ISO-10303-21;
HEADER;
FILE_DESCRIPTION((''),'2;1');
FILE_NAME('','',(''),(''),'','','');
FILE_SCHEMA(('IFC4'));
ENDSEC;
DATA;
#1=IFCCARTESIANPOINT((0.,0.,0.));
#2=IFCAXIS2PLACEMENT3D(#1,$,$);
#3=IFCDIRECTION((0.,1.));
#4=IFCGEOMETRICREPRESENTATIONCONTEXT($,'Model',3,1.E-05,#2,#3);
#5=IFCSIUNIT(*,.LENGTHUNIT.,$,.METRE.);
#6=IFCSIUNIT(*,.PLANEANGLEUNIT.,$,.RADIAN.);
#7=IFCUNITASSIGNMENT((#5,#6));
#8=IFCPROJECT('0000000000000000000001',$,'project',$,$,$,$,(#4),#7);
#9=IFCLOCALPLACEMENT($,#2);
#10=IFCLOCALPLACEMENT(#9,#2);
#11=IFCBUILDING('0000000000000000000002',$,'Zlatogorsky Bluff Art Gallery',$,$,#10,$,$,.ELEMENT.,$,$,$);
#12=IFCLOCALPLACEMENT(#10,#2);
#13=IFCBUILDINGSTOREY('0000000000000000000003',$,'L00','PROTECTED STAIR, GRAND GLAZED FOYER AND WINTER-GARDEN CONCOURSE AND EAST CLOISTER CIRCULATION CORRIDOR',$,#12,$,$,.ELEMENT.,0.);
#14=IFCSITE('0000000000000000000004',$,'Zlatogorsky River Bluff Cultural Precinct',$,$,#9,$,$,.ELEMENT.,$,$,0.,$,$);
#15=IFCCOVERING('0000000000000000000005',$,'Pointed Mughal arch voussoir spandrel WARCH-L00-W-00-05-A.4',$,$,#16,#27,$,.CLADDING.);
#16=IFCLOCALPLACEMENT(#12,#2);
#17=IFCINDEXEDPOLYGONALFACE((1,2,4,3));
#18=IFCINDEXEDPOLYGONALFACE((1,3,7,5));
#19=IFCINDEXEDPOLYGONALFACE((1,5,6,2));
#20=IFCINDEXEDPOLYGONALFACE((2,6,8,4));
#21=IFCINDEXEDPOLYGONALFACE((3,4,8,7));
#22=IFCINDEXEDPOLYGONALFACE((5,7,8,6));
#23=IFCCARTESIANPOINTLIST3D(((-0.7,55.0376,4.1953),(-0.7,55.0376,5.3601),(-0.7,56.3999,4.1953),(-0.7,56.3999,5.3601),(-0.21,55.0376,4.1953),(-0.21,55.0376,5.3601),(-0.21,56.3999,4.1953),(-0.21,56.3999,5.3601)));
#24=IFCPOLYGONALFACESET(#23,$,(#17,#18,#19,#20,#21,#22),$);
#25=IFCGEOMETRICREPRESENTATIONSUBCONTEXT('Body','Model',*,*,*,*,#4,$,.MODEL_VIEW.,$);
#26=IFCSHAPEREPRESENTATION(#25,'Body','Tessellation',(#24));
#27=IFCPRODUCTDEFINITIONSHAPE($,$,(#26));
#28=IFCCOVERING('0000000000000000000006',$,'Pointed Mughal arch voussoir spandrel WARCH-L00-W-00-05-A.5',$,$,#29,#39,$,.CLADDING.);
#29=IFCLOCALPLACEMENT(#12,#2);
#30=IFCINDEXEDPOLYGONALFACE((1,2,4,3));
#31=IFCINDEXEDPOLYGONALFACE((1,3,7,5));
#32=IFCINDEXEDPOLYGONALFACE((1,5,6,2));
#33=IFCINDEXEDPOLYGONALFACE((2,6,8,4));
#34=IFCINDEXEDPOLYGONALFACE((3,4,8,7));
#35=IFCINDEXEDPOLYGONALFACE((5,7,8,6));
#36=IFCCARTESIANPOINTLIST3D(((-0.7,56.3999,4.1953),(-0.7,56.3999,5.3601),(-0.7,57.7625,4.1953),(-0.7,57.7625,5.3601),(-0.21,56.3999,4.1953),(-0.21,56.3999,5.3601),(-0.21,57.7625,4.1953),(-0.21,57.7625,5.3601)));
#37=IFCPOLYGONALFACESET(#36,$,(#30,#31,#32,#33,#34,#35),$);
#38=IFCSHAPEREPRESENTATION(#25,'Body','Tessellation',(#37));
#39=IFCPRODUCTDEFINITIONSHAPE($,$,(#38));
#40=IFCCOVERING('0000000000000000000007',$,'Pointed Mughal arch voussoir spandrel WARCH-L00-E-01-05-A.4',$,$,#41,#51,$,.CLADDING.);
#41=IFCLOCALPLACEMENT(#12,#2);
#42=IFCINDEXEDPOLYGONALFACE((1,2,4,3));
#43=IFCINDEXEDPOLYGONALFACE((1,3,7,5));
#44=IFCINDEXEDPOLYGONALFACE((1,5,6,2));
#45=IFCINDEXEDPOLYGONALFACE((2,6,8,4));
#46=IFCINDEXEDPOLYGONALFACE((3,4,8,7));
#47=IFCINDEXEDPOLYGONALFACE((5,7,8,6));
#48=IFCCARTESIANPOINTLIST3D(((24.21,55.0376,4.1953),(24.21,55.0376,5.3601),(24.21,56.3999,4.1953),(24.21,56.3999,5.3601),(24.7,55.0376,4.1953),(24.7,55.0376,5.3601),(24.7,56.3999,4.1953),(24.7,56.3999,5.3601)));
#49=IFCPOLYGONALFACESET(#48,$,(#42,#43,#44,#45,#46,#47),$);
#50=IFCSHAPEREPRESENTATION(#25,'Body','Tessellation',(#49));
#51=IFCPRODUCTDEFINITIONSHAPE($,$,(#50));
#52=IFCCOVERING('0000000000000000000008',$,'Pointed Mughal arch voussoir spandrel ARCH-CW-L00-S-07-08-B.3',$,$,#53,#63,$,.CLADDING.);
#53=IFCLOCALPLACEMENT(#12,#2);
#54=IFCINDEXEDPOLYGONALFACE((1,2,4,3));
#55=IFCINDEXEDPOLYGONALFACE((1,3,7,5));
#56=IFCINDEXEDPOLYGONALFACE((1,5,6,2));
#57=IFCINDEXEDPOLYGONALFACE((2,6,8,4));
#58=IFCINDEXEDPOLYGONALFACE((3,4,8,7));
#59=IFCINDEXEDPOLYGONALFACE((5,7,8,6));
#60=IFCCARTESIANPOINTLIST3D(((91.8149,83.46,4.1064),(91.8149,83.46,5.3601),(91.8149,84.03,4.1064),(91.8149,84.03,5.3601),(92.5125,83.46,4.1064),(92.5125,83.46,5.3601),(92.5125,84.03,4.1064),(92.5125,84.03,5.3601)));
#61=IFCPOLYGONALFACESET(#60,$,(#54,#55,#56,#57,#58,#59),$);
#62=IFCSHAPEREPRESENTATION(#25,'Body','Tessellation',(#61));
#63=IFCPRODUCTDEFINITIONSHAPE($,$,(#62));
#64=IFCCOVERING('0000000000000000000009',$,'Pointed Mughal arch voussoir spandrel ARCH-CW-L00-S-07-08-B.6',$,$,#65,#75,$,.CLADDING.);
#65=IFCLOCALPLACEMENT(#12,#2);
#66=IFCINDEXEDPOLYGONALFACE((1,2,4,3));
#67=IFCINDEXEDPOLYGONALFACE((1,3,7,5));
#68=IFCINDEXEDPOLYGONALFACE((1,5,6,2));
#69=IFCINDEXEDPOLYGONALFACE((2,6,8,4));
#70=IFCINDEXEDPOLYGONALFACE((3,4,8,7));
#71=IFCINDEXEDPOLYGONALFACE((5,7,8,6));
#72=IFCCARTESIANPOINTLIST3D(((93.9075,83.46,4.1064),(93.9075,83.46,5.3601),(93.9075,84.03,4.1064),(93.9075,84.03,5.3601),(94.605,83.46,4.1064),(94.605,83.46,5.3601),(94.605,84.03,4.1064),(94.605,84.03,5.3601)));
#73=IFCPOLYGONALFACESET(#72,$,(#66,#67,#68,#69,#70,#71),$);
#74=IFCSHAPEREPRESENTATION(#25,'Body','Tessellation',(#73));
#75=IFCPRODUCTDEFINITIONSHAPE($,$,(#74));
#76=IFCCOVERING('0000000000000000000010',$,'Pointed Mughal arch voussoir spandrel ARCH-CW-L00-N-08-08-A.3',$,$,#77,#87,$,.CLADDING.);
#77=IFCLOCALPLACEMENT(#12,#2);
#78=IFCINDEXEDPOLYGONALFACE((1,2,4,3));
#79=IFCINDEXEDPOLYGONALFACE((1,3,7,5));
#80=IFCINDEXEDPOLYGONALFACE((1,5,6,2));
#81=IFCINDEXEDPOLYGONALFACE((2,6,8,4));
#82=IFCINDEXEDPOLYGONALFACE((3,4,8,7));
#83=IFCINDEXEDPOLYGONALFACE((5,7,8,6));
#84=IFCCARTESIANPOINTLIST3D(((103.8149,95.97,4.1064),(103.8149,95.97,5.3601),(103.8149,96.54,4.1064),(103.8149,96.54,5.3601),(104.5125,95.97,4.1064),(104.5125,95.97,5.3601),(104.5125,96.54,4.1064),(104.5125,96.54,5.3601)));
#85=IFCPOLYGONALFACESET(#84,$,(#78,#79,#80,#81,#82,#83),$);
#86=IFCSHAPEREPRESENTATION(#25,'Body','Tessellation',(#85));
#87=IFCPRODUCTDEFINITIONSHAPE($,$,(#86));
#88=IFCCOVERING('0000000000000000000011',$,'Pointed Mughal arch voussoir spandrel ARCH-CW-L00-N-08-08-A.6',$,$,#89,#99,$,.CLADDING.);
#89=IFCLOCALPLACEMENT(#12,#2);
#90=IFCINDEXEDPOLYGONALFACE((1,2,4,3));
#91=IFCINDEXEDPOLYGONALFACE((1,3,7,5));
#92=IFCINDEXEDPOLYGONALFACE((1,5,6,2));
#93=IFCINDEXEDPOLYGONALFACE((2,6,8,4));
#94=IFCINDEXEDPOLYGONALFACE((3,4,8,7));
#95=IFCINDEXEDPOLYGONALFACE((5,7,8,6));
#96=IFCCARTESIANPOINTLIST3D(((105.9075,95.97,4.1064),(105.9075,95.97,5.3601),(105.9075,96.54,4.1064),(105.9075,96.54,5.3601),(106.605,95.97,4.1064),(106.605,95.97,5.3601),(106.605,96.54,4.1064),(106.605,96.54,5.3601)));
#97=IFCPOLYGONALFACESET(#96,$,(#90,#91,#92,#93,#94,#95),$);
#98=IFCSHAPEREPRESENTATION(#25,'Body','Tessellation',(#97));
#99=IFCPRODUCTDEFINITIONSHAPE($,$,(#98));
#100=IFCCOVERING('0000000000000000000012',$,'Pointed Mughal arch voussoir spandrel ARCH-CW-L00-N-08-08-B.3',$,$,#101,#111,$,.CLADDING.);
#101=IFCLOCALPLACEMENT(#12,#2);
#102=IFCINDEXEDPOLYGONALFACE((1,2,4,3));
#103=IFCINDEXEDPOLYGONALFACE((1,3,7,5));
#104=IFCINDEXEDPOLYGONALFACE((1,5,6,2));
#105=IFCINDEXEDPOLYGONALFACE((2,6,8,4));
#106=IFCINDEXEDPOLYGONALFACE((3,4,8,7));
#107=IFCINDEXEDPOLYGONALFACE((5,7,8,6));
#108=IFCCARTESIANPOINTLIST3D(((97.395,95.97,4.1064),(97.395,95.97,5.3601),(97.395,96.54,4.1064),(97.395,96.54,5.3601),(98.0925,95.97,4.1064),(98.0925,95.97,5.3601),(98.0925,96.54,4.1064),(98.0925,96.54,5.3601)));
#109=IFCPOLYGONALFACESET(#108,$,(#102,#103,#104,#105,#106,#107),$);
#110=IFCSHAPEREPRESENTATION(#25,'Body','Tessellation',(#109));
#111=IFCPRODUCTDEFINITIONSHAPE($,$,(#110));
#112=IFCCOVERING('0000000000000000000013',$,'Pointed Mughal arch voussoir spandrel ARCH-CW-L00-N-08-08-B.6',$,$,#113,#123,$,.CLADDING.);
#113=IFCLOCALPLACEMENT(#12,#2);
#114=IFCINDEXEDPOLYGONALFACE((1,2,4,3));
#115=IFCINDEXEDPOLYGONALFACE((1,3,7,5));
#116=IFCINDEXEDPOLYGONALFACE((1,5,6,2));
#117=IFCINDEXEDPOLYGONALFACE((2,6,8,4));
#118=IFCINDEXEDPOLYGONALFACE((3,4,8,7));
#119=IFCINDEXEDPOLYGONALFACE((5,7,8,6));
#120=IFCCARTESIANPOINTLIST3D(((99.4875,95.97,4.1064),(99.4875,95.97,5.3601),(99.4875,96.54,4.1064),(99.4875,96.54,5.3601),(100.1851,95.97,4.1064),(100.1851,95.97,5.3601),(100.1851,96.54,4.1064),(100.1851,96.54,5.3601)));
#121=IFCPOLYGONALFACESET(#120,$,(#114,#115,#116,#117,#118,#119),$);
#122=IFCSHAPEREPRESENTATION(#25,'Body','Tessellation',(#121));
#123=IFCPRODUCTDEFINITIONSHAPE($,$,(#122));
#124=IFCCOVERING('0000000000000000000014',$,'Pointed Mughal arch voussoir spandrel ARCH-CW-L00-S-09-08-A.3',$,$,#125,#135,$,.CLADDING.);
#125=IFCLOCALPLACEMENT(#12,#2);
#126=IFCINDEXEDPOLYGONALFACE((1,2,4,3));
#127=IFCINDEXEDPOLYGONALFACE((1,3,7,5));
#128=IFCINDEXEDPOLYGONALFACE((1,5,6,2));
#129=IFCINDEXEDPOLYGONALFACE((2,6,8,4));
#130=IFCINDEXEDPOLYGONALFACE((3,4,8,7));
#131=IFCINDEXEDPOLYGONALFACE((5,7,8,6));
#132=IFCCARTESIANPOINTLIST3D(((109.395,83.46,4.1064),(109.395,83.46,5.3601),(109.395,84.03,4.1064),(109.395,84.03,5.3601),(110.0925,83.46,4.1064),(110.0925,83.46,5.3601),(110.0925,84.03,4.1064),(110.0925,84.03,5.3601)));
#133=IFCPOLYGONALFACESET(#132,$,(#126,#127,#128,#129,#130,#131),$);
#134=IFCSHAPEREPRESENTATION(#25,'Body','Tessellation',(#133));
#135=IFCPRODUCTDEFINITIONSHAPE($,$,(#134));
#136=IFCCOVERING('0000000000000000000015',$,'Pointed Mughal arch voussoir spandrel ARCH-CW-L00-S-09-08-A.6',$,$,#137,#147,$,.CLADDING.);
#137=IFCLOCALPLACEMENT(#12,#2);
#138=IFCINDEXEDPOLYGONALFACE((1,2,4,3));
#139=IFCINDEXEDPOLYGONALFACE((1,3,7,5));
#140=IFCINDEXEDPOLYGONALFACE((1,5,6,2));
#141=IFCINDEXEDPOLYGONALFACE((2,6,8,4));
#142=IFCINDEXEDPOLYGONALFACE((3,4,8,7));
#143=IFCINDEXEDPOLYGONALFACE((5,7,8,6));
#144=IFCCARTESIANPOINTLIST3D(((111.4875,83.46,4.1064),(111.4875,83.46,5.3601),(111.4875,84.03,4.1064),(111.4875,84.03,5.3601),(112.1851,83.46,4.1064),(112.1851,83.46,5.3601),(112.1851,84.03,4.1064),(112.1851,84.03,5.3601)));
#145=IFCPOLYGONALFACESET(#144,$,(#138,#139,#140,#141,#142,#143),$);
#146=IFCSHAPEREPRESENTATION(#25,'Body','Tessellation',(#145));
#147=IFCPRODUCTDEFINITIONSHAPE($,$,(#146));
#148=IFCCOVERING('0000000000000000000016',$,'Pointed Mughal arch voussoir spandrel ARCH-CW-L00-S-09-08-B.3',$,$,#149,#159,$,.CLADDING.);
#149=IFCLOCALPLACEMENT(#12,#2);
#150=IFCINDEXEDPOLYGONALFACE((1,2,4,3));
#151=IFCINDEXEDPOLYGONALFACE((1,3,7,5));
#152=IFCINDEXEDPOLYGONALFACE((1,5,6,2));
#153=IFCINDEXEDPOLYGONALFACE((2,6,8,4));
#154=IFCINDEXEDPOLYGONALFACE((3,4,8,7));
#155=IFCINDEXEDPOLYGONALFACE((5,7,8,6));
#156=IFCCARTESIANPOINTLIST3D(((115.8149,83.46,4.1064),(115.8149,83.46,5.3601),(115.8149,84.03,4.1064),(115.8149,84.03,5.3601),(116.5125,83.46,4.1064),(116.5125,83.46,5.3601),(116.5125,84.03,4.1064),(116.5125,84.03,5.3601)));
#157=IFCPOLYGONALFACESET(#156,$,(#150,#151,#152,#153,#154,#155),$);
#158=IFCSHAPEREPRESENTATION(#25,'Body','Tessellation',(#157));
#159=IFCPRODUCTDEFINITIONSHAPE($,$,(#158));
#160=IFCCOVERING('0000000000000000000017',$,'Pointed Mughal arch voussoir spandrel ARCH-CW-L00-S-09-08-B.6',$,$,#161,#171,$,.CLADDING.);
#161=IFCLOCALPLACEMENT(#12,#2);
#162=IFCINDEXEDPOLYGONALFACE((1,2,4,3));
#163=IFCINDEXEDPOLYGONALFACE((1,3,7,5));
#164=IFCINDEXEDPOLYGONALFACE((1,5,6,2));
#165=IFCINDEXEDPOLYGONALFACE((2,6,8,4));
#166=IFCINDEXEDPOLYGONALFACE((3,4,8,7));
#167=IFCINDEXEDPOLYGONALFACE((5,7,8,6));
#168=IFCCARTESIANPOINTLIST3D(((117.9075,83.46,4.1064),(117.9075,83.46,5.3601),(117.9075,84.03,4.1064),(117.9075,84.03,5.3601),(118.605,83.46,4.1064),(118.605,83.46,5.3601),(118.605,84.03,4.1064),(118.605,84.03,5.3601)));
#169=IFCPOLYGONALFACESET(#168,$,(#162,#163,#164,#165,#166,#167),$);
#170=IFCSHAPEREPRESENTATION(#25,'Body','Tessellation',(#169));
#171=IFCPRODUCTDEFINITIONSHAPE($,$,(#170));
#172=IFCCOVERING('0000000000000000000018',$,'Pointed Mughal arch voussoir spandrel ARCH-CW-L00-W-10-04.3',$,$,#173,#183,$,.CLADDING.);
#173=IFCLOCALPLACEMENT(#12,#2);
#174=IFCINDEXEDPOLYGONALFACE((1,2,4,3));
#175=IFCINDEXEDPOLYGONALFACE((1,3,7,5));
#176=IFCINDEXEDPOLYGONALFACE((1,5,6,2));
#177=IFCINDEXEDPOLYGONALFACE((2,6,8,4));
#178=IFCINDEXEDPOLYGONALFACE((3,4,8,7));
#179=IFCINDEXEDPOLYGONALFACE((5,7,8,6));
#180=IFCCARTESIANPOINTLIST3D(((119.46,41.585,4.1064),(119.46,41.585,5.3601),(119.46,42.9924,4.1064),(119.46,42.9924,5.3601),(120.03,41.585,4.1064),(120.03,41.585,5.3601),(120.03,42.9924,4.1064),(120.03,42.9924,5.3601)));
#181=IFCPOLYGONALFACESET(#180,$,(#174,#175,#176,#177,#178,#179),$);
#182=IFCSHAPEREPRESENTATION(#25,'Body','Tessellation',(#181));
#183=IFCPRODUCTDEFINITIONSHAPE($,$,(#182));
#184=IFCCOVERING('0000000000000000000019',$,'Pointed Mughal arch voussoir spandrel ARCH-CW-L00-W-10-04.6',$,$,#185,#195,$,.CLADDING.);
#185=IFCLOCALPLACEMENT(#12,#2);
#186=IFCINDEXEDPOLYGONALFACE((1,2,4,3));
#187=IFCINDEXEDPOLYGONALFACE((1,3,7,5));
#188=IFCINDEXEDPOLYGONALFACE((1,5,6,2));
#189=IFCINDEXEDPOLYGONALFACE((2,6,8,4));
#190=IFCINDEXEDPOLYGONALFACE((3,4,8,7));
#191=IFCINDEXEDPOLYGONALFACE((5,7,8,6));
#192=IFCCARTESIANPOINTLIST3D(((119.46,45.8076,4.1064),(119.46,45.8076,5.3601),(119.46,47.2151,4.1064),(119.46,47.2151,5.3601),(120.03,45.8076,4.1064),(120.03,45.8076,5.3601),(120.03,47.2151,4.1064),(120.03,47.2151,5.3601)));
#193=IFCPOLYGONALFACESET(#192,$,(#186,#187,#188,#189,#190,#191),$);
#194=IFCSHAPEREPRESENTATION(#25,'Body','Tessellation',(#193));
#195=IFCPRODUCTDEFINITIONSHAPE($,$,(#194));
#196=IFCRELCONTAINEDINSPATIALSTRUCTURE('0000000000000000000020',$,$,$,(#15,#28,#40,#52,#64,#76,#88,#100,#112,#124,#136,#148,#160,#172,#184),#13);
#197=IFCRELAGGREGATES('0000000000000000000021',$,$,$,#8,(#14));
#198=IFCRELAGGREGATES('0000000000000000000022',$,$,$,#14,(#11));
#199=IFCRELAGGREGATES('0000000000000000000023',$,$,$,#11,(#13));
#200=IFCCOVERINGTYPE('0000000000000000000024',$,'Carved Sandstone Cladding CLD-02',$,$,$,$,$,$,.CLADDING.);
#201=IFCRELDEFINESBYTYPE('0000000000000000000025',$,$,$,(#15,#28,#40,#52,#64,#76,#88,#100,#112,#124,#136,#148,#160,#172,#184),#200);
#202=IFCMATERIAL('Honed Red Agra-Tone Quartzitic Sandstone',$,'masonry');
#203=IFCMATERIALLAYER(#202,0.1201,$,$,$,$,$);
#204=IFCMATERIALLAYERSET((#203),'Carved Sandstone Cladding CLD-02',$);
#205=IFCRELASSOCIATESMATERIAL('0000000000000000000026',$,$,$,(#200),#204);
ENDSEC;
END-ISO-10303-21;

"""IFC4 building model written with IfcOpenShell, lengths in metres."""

from ifc_helpers import new_model, si_unit, direction, frame, origin, place, context, subcontext, project, spatial, polyline, outline, extrude, material, layer, layer_set, type_object, element, save


model = new_model("IFC4")

# Units and contexts
model_context = context("Model", 3, precision=1e-05, world=origin(), true_north=direction((0.0, 1.0)))
body_context = subcontext(model_context, "Body", "Model", "MODEL_VIEW")
ifc_project = project(units=[si_unit("LENGTHUNIT", "METRE"), si_unit("PLANEANGLEUNIT", "RADIAN")], contexts=[model_context])

# Site, building, storey
site_placement = place(None, origin())
site = spatial("IfcSite", under=ifc_project, at=site_placement, Name="Zlatogorsky River Bluff Cultural Precinct", CompositionType="ELEMENT", RefElevation=0.0)
building_placement = place(site_placement, origin())
building = spatial("IfcBuilding", under=site, at=building_placement, Name="Zlatogorsky Bluff Art Gallery", CompositionType="ELEMENT")
storey_placement = place(building_placement, origin())
storey = spatial("IfcBuildingStorey", under=building, at=storey_placement, Name="L00", Description="PROTECTED STAIR, GRAND GLAZED FOYER AND WINTER-GARDEN CONCOURSE AND EAST CLOISTER CIRCULATION CORRIDOR", CompositionType="ELEMENT", Elevation=0.0)

# Coverings
ifc_material = material(Name="Honed Red Agra-Tone Quartzitic Sandstone", Category="masonry")
ifc_layer = layer(ifc_material, 0.1201)
ifc_layer_set = layer_set([ifc_layer], Name="Carved Sandstone Cladding CLD-02")
covering_type = type_object("IfcCoveringType", Name="Carved Sandstone Cladding CLD-02", PredefinedType="CLADDING", material=ifc_layer_set)
covering_1_placement = place(storey_placement, frame((0.0, 0.0, 4.1953)))
element("IfcCovering", 1, at=covering_1_placement, inside=storey, type_object=covering_type, Name="Pointed Mughal arch voussoir spandrel WARCH-L00-W-00-05-A.4", PredefinedType="CLADDING", context=body_context, shape_type="SweptSolid", body=[
    extrude(outline(polyline([(-0.7, 55.0376), (-0.7, 56.3999), (-0.21, 56.3999), (-0.21, 55.0376), (-0.7, 55.0376)])), origin(), (0.0, 0.0, 1.0), 1.1648),
])
covering_2_placement = place(storey_placement, frame((0.0, 0.0, 4.1953)))
element("IfcCovering", 2, at=covering_2_placement, inside=storey, type_object=covering_type, Name="Pointed Mughal arch voussoir spandrel WARCH-L00-W-00-05-A.5", PredefinedType="CLADDING", context=body_context, shape_type="SweptSolid", body=[
    extrude(outline(polyline([(-0.7, 56.3999), (-0.7, 57.7625), (-0.21, 57.7625), (-0.21, 56.3999), (-0.7, 56.3999)])), origin(), (0.0, 0.0, 1.0), 1.1648),
])
covering_3_placement = place(storey_placement, frame((0.0, 0.0, 4.1953)))
element("IfcCovering", 3, at=covering_3_placement, inside=storey, type_object=covering_type, Name="Pointed Mughal arch voussoir spandrel WARCH-L00-E-01-05-A.4", PredefinedType="CLADDING", context=body_context, shape_type="SweptSolid", body=[
    extrude(outline(polyline([(24.21, 55.0376), (24.21, 56.3999), (24.7, 56.3999), (24.7, 55.0376), (24.21, 55.0376)])), origin(), (0.0, 0.0, 1.0), 1.1648),
])
covering_4_placement = place(storey_placement, frame((0.0, 0.0, 4.1064)))
element("IfcCovering", 4, at=covering_4_placement, inside=storey, type_object=covering_type, Name="Pointed Mughal arch voussoir spandrel ARCH-CW-L00-S-07-08-B.3", PredefinedType="CLADDING", context=body_context, shape_type="SweptSolid", body=[
    extrude(outline(polyline([(91.8149, 83.46), (92.5125, 83.46), (92.5125, 84.03), (91.8149, 84.03), (91.8149, 83.46)])), origin(), (0.0, 0.0, 1.0), 1.2537),
])
covering_5_placement = place(storey_placement, frame((0.0, 0.0, 4.1064)))
element("IfcCovering", 5, at=covering_5_placement, inside=storey, type_object=covering_type, Name="Pointed Mughal arch voussoir spandrel ARCH-CW-L00-S-07-08-B.6", PredefinedType="CLADDING", context=body_context, shape_type="SweptSolid", body=[
    extrude(outline(polyline([(93.9075, 83.46), (94.605, 83.46), (94.605, 84.03), (93.9075, 84.03), (93.9075, 83.46)])), origin(), (0.0, 0.0, 1.0), 1.2537),
])
covering_6_placement = place(storey_placement, frame((0.0, 0.0, 4.1064)))
element("IfcCovering", 6, at=covering_6_placement, inside=storey, type_object=covering_type, Name="Pointed Mughal arch voussoir spandrel ARCH-CW-L00-N-08-08-A.3", PredefinedType="CLADDING", context=body_context, shape_type="SweptSolid", body=[
    extrude(outline(polyline([(103.8149, 95.97), (104.5125, 95.97), (104.5125, 96.54), (103.8149, 96.54), (103.8149, 95.97)])), origin(), (0.0, 0.0, 1.0), 1.2537),
])
covering_7_placement = place(storey_placement, frame((0.0, 0.0, 4.1064)))
element("IfcCovering", 7, at=covering_7_placement, inside=storey, type_object=covering_type, Name="Pointed Mughal arch voussoir spandrel ARCH-CW-L00-N-08-08-A.6", PredefinedType="CLADDING", context=body_context, shape_type="SweptSolid", body=[
    extrude(outline(polyline([(105.9075, 95.97), (106.605, 95.97), (106.605, 96.54), (105.9075, 96.54), (105.9075, 95.97)])), origin(), (0.0, 0.0, 1.0), 1.2537),
])
covering_8_placement = place(storey_placement, frame((0.0, 0.0, 4.1064)))
element("IfcCovering", 8, at=covering_8_placement, inside=storey, type_object=covering_type, Name="Pointed Mughal arch voussoir spandrel ARCH-CW-L00-N-08-08-B.3", PredefinedType="CLADDING", context=body_context, shape_type="SweptSolid", body=[
    extrude(outline(polyline([(97.395, 95.97), (98.0925, 95.97), (98.0925, 96.54), (97.395, 96.54), (97.395, 95.97)])), origin(), (0.0, 0.0, 1.0), 1.2537),
])
covering_9_placement = place(storey_placement, frame((0.0, 0.0, 4.1064)))
element("IfcCovering", 9, at=covering_9_placement, inside=storey, type_object=covering_type, Name="Pointed Mughal arch voussoir spandrel ARCH-CW-L00-N-08-08-B.6", PredefinedType="CLADDING", context=body_context, shape_type="SweptSolid", body=[
    extrude(outline(polyline([(99.4875, 95.97), (100.1851, 95.97), (100.1851, 96.54), (99.4875, 96.54), (99.4875, 95.97)])), origin(), (0.0, 0.0, 1.0), 1.2537),
])
covering_10_placement = place(storey_placement, frame((0.0, 0.0, 4.1064)))
element("IfcCovering", 10, at=covering_10_placement, inside=storey, type_object=covering_type, Name="Pointed Mughal arch voussoir spandrel ARCH-CW-L00-S-09-08-A.3", PredefinedType="CLADDING", context=body_context, shape_type="SweptSolid", body=[
    extrude(outline(polyline([(109.395, 83.46), (110.0925, 83.46), (110.0925, 84.03), (109.395, 84.03), (109.395, 83.46)])), origin(), (0.0, 0.0, 1.0), 1.2537),
])
covering_11_placement = place(storey_placement, frame((0.0, 0.0, 4.1064)))
element("IfcCovering", 11, at=covering_11_placement, inside=storey, type_object=covering_type, Name="Pointed Mughal arch voussoir spandrel ARCH-CW-L00-S-09-08-A.6", PredefinedType="CLADDING", context=body_context, shape_type="SweptSolid", body=[
    extrude(outline(polyline([(111.4875, 83.46), (112.1851, 83.46), (112.1851, 84.03), (111.4875, 84.03), (111.4875, 83.46)])), origin(), (0.0, 0.0, 1.0), 1.2537),
])
covering_12_placement = place(storey_placement, frame((0.0, 0.0, 4.1064)))
element("IfcCovering", 12, at=covering_12_placement, inside=storey, type_object=covering_type, Name="Pointed Mughal arch voussoir spandrel ARCH-CW-L00-S-09-08-B.3", PredefinedType="CLADDING", context=body_context, shape_type="SweptSolid", body=[
    extrude(outline(polyline([(115.8149, 83.46), (116.5125, 83.46), (116.5125, 84.03), (115.8149, 84.03), (115.8149, 83.46)])), origin(), (0.0, 0.0, 1.0), 1.2537),
])
covering_13_placement = place(storey_placement, frame((0.0, 0.0, 4.1064)))
element("IfcCovering", 13, at=covering_13_placement, inside=storey, type_object=covering_type, Name="Pointed Mughal arch voussoir spandrel ARCH-CW-L00-S-09-08-B.6", PredefinedType="CLADDING", context=body_context, shape_type="SweptSolid", body=[
    extrude(outline(polyline([(117.9075, 83.46), (118.605, 83.46), (118.605, 84.03), (117.9075, 84.03), (117.9075, 83.46)])), origin(), (0.0, 0.0, 1.0), 1.2537),
])
covering_14_placement = place(storey_placement, frame((0.0, 0.0, 4.1064)))
element("IfcCovering", 14, at=covering_14_placement, inside=storey, type_object=covering_type, Name="Pointed Mughal arch voussoir spandrel ARCH-CW-L00-W-10-04.3", PredefinedType="CLADDING", context=body_context, shape_type="SweptSolid", body=[
    extrude(outline(polyline([(119.46, 41.585), (119.46, 42.9924), (120.03, 42.9924), (120.03, 41.585), (119.46, 41.585)])), origin(), (0.0, 0.0, 1.0), 1.2537),
])
covering_15_placement = place(storey_placement, frame((0.0, 0.0, 4.1064)))
element("IfcCovering", 15, at=covering_15_placement, inside=storey, type_object=covering_type, Name="Pointed Mughal arch voussoir spandrel ARCH-CW-L00-W-10-04.6", PredefinedType="CLADDING", context=body_context, shape_type="SweptSolid", body=[
    extrude(outline(polyline([(119.46, 45.8076), (119.46, 47.2151), (120.03, 47.2151), (120.03, 45.8076), (119.46, 45.8076)])), origin(), (0.0, 0.0, 1.0), 1.2537),
])

save(model, "model.ifc")
